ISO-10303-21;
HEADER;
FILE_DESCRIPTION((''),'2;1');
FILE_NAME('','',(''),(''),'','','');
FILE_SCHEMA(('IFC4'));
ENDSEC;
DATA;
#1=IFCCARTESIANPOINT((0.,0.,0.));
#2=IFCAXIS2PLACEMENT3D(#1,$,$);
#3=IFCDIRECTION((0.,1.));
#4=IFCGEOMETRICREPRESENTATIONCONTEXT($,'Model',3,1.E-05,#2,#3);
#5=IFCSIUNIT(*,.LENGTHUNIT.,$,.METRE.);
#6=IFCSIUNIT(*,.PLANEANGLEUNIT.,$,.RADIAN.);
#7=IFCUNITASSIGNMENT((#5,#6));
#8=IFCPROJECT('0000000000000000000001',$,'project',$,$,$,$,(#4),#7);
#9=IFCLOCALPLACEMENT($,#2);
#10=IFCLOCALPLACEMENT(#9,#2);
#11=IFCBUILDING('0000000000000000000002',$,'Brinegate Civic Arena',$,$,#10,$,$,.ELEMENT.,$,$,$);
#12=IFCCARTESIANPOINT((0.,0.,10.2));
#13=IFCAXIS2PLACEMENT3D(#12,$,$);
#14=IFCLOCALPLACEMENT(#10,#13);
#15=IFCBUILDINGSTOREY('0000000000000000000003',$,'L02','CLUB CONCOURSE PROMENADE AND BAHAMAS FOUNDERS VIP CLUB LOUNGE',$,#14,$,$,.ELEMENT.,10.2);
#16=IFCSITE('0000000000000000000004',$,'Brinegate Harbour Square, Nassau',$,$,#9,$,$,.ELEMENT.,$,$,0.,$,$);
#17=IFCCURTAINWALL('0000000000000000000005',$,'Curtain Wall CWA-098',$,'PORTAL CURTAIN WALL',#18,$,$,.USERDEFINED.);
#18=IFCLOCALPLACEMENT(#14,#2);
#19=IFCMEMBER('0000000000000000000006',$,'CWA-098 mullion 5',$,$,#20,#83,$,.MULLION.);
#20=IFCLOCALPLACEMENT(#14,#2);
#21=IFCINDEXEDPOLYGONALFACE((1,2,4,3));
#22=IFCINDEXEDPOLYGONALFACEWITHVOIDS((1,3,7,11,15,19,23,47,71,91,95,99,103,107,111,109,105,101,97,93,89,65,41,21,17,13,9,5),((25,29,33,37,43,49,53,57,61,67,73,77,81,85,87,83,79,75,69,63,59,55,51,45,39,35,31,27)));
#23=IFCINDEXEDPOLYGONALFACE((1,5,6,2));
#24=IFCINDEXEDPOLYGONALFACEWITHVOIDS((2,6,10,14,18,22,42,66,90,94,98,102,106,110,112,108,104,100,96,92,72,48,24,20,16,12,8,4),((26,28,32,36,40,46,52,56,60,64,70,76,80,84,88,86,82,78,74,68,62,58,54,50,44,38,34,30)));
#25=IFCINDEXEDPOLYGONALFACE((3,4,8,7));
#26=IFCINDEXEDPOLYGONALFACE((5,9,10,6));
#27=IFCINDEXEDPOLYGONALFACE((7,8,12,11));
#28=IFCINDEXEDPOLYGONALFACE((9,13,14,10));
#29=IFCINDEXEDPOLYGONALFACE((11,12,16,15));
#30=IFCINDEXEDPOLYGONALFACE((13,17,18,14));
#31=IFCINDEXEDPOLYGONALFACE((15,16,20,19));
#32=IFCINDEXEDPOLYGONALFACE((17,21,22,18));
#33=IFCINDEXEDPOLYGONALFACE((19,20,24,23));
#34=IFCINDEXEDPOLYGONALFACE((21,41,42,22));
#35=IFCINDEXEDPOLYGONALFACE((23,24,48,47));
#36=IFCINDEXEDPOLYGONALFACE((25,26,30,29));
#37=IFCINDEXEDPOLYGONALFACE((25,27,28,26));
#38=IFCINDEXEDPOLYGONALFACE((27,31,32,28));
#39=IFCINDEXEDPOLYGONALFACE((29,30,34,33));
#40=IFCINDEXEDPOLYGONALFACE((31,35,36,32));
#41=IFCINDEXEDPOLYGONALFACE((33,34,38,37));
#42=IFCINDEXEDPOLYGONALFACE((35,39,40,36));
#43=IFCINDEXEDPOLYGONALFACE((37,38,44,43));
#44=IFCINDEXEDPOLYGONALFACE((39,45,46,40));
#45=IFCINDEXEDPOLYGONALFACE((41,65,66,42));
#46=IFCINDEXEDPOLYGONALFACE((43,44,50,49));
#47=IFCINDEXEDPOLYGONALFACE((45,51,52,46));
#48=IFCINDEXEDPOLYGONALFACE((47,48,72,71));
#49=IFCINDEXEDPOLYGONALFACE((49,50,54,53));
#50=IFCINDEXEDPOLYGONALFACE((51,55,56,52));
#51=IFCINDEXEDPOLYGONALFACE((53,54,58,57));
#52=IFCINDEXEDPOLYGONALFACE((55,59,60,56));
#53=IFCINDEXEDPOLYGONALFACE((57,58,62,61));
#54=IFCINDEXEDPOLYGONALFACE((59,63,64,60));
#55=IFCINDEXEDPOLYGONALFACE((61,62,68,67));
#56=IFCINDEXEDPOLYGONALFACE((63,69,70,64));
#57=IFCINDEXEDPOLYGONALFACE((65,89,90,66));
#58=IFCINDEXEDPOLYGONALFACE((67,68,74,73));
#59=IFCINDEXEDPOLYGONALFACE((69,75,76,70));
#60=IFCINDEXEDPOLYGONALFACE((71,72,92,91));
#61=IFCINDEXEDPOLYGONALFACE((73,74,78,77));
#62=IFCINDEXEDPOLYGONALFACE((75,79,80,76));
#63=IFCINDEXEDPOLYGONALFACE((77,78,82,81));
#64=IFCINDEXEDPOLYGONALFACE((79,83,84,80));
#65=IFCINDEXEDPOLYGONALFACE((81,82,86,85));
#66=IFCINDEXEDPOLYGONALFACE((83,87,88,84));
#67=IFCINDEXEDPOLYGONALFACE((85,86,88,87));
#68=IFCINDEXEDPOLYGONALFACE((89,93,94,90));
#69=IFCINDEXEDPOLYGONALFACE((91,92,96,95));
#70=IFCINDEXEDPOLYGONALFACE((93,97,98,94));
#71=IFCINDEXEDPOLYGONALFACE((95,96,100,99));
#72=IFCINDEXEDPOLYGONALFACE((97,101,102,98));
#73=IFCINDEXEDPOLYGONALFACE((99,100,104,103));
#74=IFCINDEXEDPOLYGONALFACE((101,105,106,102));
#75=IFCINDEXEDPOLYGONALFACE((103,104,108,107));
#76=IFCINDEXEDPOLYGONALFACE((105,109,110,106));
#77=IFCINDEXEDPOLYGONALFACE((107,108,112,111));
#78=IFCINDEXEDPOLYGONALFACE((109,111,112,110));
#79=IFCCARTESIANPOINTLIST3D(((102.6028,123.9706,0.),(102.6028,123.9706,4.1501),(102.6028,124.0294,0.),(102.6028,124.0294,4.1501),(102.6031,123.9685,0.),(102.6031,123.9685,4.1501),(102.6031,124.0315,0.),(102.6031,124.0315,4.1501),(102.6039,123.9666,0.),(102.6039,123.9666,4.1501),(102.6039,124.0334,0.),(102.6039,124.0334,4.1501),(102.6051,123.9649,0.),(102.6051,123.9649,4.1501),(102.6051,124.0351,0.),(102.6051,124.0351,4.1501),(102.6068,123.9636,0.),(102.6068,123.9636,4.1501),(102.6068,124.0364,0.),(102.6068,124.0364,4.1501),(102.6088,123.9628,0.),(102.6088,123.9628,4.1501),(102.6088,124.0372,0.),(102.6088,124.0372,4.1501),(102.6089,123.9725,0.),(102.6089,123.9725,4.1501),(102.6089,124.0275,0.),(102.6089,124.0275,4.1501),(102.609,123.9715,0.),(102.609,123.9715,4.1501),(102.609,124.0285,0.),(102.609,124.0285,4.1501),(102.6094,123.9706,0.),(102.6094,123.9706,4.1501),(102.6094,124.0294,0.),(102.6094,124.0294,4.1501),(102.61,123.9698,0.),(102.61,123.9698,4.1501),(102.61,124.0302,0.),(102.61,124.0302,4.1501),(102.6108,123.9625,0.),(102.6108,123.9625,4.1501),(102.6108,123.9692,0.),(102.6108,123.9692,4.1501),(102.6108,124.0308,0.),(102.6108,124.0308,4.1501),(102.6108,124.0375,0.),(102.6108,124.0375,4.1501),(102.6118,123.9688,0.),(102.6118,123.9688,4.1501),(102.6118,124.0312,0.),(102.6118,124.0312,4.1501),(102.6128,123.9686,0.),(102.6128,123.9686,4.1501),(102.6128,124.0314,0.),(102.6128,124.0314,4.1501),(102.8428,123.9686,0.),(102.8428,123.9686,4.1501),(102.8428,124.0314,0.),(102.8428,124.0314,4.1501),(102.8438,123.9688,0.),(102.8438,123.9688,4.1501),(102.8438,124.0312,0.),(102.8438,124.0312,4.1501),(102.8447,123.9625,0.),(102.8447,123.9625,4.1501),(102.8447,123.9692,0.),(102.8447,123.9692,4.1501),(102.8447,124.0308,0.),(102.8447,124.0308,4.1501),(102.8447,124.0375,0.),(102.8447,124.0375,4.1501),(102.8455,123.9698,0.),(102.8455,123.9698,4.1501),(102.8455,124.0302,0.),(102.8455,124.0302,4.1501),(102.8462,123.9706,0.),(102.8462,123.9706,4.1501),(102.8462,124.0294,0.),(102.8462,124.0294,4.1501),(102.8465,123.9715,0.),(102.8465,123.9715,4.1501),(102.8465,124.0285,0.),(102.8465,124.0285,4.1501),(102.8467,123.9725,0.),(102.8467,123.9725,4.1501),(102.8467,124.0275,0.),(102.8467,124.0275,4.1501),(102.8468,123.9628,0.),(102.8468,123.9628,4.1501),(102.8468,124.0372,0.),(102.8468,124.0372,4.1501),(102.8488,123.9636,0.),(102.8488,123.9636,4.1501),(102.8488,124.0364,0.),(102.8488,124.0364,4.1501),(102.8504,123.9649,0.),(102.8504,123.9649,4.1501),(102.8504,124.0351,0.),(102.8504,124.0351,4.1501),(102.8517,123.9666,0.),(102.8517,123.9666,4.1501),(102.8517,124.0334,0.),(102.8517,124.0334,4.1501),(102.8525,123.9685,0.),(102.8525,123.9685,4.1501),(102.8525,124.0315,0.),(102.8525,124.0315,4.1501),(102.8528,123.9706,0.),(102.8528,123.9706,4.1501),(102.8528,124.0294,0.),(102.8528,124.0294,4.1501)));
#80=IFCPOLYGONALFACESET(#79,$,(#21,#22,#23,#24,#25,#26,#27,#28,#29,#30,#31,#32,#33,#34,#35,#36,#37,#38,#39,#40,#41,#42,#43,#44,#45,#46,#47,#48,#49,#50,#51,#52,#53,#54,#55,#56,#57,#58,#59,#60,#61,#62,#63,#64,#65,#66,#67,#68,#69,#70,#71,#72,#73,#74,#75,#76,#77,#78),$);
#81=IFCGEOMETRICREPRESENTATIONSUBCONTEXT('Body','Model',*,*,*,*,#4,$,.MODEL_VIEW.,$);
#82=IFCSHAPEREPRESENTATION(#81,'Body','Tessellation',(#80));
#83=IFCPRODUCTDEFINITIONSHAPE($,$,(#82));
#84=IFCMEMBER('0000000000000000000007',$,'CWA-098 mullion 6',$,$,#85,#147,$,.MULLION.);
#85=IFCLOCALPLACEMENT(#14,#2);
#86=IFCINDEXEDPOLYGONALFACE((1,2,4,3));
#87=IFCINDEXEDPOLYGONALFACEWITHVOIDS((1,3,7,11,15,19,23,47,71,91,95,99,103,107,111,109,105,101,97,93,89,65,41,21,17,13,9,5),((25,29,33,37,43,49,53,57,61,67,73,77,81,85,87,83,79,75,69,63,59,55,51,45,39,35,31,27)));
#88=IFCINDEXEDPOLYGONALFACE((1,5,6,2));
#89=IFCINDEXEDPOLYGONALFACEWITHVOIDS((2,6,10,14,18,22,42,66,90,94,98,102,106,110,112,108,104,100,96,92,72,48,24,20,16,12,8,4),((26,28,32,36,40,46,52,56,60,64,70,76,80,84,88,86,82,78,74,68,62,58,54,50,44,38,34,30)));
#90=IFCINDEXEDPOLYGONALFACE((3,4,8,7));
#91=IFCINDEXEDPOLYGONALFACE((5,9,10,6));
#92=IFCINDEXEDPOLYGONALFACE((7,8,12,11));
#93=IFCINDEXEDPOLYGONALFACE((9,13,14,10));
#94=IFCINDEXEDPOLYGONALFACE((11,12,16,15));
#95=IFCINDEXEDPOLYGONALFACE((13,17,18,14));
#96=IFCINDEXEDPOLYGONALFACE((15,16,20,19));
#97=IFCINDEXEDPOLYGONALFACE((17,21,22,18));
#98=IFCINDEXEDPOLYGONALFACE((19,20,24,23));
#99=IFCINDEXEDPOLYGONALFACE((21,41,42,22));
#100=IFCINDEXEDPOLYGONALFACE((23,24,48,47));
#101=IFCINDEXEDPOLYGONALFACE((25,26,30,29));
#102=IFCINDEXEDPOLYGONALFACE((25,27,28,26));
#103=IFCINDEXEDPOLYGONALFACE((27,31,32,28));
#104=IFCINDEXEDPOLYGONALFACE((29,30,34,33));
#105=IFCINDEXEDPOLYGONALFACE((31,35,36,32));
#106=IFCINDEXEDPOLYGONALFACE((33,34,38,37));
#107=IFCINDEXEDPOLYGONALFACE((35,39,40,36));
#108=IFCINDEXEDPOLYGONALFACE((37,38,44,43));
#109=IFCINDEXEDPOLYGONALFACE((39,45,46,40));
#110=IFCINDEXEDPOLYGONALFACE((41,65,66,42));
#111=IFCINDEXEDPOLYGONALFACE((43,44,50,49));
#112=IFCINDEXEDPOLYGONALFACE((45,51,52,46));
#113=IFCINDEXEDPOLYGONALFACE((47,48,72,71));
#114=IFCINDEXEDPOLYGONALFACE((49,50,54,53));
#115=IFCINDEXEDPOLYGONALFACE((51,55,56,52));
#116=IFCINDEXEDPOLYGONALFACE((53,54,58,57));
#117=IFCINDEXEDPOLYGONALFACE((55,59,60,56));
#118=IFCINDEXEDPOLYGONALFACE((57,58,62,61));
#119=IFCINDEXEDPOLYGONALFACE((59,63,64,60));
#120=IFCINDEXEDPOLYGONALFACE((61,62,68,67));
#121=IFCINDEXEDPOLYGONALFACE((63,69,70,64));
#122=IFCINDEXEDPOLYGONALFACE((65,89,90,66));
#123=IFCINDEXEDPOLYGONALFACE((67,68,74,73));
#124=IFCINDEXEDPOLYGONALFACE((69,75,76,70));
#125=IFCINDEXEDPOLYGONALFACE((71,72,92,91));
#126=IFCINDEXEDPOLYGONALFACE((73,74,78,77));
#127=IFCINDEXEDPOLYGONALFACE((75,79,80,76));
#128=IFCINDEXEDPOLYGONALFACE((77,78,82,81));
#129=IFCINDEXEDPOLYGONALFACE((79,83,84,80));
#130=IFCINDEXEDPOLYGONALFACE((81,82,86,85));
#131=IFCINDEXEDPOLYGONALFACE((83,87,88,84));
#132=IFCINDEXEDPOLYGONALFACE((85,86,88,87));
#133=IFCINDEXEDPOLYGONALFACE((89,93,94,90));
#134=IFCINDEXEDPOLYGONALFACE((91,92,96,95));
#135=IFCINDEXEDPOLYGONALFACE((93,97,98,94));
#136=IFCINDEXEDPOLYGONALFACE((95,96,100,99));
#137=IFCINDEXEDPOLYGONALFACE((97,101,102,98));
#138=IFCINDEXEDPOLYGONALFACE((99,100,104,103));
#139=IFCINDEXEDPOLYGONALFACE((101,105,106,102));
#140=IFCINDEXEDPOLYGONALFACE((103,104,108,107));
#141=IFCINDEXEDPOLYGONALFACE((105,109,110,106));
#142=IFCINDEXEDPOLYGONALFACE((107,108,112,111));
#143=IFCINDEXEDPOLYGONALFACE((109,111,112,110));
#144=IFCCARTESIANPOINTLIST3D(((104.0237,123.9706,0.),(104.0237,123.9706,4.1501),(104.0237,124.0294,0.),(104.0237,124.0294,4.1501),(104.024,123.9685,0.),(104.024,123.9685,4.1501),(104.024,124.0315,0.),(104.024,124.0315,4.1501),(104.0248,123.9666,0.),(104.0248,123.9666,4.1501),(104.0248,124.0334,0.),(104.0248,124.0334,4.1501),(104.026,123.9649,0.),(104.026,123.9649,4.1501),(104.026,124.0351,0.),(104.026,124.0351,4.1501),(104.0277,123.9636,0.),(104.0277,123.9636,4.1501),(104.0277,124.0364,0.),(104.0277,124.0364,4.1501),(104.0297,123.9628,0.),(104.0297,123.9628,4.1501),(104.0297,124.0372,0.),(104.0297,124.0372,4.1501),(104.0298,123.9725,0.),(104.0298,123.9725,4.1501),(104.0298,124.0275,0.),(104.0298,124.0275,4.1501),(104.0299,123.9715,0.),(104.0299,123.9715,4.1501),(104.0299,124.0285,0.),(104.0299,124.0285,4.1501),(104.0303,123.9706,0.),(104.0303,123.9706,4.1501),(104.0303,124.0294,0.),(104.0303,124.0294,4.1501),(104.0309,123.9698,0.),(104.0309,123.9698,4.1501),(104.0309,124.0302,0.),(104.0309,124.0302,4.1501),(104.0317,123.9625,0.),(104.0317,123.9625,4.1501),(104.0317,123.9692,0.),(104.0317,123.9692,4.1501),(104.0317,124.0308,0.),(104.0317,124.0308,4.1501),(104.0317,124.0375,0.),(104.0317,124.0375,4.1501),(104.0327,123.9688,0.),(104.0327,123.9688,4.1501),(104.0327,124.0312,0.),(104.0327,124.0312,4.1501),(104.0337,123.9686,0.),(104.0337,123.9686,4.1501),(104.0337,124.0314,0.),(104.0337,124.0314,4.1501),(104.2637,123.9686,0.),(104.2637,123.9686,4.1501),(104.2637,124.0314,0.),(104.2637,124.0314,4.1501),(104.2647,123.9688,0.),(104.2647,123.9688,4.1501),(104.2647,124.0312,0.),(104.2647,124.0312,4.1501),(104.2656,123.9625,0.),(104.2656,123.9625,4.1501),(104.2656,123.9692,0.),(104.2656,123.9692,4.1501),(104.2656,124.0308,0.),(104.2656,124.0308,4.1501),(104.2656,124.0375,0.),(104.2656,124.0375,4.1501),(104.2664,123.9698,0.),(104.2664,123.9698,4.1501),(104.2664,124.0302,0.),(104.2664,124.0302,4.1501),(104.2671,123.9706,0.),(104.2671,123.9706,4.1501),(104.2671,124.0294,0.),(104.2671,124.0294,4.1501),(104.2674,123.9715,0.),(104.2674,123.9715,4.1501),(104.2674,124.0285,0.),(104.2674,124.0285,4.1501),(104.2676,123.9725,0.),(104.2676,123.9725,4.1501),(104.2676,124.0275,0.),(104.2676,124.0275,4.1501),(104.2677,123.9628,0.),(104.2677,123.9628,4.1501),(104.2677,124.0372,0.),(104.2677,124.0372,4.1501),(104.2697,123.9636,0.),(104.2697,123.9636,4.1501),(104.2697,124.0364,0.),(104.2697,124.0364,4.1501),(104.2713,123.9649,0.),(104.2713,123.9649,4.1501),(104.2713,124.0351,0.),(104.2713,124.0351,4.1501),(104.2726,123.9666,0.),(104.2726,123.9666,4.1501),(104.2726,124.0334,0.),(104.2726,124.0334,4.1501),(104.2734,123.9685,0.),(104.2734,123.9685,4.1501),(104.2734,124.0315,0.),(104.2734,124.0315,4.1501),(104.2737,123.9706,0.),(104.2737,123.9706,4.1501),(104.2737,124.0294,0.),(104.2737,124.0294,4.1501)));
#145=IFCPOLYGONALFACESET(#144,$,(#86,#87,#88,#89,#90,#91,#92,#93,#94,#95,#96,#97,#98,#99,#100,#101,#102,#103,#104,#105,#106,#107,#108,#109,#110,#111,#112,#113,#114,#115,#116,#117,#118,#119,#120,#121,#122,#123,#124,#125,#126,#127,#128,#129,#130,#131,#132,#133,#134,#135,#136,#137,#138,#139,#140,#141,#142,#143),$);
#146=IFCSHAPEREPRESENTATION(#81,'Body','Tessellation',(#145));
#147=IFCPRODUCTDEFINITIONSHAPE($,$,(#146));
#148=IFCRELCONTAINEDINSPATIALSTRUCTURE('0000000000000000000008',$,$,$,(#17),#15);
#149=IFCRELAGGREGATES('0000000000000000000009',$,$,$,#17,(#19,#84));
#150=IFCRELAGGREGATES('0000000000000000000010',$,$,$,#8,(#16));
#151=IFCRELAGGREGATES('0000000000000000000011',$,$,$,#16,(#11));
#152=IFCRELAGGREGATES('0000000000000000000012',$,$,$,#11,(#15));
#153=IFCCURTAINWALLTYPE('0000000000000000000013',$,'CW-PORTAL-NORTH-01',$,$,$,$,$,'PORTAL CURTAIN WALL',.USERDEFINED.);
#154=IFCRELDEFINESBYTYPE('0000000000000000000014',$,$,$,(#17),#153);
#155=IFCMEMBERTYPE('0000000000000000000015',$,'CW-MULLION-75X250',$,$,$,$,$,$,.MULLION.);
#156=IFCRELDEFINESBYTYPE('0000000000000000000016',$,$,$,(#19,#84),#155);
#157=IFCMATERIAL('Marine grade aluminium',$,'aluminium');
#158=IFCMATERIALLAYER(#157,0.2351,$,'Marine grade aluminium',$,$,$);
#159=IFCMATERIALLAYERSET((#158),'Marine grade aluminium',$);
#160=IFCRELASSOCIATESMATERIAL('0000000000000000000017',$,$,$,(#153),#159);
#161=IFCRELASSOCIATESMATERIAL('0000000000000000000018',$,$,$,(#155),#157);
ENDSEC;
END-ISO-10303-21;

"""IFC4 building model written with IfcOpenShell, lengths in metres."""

from ifc_helpers import new_model, si_unit, direction, frame, origin, origin_2d, place, context, subcontext, project, spatial, hollow_rectangle, extrude, material, layer, layer_set, material_profile, profile_set, type_object, element, aggregate, save


model = new_model("IFC4")

# Units and contexts
model_context = context("Model", 3, precision=1e-05, world=origin(), true_north=direction((0.0, 1.0)))
body_context = subcontext(model_context, "Body", "Model", "MODEL_VIEW")
ifc_project = project(units=[si_unit("LENGTHUNIT", "METRE"), si_unit("PLANEANGLEUNIT", "RADIAN")], contexts=[model_context])

# Site, building, storey
site_placement = place(None, origin())
site = spatial("IfcSite", under=ifc_project, at=site_placement, Name="Brinegate Harbour Square, Nassau", CompositionType="ELEMENT", RefElevation=0.0)
building_placement = place(site_placement, origin())
building = spatial("IfcBuilding", under=site, at=building_placement, Name="Brinegate Civic Arena", CompositionType="ELEMENT")
storey_placement = place(building_placement, frame((0.0, 0.0, 10.2)))
storey = spatial("IfcBuildingStorey", under=building, at=storey_placement, Name="L02", Description="CLUB CONCOURSE PROMENADE AND BAHAMAS FOUNDERS VIP CLUB LOUNGE", CompositionType="ELEMENT", Elevation=10.2)

# Curtain wall, members
ifc_material_1 = material(Name="Marine grade aluminium", Category="aluminium")
ifc_layer_1 = layer(ifc_material_1, 0.2351, Name="Marine grade aluminium")
ifc_layer_set_1 = layer_set([ifc_layer_1], Name="Marine grade aluminium")
curtain_wall_type = type_object("IfcCurtainWallType", Name="CW-PORTAL-NORTH-01", ElementType="PORTAL CURTAIN WALL", PredefinedType="USERDEFINED", material=ifc_layer_set_1)
curtain_wall_placement = place(storey_placement, origin())
curtain_wall = element("IfcCurtainWall", 1, at=curtain_wall_placement, inside=storey, type_object=curtain_wall_type, Name="Curtain Wall CWA-098", ObjectType="PORTAL CURTAIN WALL", PredefinedType="USERDEFINED")
ifc_material_profile_1 = material_profile(ifc_material_1, hollow_rectangle(XDim=0.075, YDim=0.25, WallThickness=0.0061, InnerFilletRadius=0.0039, OuterFilletRadius=0.0081, at=origin_2d()), Name="MUL75X250")
ifc_profile_set_1 = profile_set([ifc_material_profile_1], Name="Marine grade aluminium")
member_type_1 = type_object("IfcMemberType", Name="CW-MULLION-75X250", PredefinedType="MULLION", material=ifc_profile_set_1)
member_1_placement = place(storey_placement, frame((102.7278, 124.0, 0.0), z_axis=(0.0, 0.0, 1.0), x_axis=(0.0, 1.0, 0.0)))
member_1 = element("IfcMember", 2, at=member_1_placement, type_object=member_type_1, Name="CWA-098 mullion 5", PredefinedType="MULLION", context=body_context, shape_type="SweptSolid", body=[
    extrude(hollow_rectangle(XDim=0.075, YDim=0.25, WallThickness=0.0061, InnerFilletRadius=0.0039, OuterFilletRadius=0.0081, at=origin_2d()), origin(), (0.0, 0.0, 1.0), 4.1501),
])
member_2_placement = place(storey_placement, frame((104.1487, 124.0, 0.0), z_axis=(0.0, 0.0, 1.0), x_axis=(0.0, 1.0, 0.0)))
member_2 = element("IfcMember", 3, at=member_2_placement, type_object=member_type_1, Name="CWA-098 mullion 6", PredefinedType="MULLION", context=body_context, shape_type="SweptSolid", body=[
    extrude(hollow_rectangle(XDim=0.075, YDim=0.25, WallThickness=0.0061, InnerFilletRadius=0.0039, OuterFilletRadius=0.0081, at=origin_2d()), origin(), (0.0, 0.0, 1.0), 4.1501),
])

aggregate(curtain_wall, [member_1, member_2])

save(model, "model.ifc")
